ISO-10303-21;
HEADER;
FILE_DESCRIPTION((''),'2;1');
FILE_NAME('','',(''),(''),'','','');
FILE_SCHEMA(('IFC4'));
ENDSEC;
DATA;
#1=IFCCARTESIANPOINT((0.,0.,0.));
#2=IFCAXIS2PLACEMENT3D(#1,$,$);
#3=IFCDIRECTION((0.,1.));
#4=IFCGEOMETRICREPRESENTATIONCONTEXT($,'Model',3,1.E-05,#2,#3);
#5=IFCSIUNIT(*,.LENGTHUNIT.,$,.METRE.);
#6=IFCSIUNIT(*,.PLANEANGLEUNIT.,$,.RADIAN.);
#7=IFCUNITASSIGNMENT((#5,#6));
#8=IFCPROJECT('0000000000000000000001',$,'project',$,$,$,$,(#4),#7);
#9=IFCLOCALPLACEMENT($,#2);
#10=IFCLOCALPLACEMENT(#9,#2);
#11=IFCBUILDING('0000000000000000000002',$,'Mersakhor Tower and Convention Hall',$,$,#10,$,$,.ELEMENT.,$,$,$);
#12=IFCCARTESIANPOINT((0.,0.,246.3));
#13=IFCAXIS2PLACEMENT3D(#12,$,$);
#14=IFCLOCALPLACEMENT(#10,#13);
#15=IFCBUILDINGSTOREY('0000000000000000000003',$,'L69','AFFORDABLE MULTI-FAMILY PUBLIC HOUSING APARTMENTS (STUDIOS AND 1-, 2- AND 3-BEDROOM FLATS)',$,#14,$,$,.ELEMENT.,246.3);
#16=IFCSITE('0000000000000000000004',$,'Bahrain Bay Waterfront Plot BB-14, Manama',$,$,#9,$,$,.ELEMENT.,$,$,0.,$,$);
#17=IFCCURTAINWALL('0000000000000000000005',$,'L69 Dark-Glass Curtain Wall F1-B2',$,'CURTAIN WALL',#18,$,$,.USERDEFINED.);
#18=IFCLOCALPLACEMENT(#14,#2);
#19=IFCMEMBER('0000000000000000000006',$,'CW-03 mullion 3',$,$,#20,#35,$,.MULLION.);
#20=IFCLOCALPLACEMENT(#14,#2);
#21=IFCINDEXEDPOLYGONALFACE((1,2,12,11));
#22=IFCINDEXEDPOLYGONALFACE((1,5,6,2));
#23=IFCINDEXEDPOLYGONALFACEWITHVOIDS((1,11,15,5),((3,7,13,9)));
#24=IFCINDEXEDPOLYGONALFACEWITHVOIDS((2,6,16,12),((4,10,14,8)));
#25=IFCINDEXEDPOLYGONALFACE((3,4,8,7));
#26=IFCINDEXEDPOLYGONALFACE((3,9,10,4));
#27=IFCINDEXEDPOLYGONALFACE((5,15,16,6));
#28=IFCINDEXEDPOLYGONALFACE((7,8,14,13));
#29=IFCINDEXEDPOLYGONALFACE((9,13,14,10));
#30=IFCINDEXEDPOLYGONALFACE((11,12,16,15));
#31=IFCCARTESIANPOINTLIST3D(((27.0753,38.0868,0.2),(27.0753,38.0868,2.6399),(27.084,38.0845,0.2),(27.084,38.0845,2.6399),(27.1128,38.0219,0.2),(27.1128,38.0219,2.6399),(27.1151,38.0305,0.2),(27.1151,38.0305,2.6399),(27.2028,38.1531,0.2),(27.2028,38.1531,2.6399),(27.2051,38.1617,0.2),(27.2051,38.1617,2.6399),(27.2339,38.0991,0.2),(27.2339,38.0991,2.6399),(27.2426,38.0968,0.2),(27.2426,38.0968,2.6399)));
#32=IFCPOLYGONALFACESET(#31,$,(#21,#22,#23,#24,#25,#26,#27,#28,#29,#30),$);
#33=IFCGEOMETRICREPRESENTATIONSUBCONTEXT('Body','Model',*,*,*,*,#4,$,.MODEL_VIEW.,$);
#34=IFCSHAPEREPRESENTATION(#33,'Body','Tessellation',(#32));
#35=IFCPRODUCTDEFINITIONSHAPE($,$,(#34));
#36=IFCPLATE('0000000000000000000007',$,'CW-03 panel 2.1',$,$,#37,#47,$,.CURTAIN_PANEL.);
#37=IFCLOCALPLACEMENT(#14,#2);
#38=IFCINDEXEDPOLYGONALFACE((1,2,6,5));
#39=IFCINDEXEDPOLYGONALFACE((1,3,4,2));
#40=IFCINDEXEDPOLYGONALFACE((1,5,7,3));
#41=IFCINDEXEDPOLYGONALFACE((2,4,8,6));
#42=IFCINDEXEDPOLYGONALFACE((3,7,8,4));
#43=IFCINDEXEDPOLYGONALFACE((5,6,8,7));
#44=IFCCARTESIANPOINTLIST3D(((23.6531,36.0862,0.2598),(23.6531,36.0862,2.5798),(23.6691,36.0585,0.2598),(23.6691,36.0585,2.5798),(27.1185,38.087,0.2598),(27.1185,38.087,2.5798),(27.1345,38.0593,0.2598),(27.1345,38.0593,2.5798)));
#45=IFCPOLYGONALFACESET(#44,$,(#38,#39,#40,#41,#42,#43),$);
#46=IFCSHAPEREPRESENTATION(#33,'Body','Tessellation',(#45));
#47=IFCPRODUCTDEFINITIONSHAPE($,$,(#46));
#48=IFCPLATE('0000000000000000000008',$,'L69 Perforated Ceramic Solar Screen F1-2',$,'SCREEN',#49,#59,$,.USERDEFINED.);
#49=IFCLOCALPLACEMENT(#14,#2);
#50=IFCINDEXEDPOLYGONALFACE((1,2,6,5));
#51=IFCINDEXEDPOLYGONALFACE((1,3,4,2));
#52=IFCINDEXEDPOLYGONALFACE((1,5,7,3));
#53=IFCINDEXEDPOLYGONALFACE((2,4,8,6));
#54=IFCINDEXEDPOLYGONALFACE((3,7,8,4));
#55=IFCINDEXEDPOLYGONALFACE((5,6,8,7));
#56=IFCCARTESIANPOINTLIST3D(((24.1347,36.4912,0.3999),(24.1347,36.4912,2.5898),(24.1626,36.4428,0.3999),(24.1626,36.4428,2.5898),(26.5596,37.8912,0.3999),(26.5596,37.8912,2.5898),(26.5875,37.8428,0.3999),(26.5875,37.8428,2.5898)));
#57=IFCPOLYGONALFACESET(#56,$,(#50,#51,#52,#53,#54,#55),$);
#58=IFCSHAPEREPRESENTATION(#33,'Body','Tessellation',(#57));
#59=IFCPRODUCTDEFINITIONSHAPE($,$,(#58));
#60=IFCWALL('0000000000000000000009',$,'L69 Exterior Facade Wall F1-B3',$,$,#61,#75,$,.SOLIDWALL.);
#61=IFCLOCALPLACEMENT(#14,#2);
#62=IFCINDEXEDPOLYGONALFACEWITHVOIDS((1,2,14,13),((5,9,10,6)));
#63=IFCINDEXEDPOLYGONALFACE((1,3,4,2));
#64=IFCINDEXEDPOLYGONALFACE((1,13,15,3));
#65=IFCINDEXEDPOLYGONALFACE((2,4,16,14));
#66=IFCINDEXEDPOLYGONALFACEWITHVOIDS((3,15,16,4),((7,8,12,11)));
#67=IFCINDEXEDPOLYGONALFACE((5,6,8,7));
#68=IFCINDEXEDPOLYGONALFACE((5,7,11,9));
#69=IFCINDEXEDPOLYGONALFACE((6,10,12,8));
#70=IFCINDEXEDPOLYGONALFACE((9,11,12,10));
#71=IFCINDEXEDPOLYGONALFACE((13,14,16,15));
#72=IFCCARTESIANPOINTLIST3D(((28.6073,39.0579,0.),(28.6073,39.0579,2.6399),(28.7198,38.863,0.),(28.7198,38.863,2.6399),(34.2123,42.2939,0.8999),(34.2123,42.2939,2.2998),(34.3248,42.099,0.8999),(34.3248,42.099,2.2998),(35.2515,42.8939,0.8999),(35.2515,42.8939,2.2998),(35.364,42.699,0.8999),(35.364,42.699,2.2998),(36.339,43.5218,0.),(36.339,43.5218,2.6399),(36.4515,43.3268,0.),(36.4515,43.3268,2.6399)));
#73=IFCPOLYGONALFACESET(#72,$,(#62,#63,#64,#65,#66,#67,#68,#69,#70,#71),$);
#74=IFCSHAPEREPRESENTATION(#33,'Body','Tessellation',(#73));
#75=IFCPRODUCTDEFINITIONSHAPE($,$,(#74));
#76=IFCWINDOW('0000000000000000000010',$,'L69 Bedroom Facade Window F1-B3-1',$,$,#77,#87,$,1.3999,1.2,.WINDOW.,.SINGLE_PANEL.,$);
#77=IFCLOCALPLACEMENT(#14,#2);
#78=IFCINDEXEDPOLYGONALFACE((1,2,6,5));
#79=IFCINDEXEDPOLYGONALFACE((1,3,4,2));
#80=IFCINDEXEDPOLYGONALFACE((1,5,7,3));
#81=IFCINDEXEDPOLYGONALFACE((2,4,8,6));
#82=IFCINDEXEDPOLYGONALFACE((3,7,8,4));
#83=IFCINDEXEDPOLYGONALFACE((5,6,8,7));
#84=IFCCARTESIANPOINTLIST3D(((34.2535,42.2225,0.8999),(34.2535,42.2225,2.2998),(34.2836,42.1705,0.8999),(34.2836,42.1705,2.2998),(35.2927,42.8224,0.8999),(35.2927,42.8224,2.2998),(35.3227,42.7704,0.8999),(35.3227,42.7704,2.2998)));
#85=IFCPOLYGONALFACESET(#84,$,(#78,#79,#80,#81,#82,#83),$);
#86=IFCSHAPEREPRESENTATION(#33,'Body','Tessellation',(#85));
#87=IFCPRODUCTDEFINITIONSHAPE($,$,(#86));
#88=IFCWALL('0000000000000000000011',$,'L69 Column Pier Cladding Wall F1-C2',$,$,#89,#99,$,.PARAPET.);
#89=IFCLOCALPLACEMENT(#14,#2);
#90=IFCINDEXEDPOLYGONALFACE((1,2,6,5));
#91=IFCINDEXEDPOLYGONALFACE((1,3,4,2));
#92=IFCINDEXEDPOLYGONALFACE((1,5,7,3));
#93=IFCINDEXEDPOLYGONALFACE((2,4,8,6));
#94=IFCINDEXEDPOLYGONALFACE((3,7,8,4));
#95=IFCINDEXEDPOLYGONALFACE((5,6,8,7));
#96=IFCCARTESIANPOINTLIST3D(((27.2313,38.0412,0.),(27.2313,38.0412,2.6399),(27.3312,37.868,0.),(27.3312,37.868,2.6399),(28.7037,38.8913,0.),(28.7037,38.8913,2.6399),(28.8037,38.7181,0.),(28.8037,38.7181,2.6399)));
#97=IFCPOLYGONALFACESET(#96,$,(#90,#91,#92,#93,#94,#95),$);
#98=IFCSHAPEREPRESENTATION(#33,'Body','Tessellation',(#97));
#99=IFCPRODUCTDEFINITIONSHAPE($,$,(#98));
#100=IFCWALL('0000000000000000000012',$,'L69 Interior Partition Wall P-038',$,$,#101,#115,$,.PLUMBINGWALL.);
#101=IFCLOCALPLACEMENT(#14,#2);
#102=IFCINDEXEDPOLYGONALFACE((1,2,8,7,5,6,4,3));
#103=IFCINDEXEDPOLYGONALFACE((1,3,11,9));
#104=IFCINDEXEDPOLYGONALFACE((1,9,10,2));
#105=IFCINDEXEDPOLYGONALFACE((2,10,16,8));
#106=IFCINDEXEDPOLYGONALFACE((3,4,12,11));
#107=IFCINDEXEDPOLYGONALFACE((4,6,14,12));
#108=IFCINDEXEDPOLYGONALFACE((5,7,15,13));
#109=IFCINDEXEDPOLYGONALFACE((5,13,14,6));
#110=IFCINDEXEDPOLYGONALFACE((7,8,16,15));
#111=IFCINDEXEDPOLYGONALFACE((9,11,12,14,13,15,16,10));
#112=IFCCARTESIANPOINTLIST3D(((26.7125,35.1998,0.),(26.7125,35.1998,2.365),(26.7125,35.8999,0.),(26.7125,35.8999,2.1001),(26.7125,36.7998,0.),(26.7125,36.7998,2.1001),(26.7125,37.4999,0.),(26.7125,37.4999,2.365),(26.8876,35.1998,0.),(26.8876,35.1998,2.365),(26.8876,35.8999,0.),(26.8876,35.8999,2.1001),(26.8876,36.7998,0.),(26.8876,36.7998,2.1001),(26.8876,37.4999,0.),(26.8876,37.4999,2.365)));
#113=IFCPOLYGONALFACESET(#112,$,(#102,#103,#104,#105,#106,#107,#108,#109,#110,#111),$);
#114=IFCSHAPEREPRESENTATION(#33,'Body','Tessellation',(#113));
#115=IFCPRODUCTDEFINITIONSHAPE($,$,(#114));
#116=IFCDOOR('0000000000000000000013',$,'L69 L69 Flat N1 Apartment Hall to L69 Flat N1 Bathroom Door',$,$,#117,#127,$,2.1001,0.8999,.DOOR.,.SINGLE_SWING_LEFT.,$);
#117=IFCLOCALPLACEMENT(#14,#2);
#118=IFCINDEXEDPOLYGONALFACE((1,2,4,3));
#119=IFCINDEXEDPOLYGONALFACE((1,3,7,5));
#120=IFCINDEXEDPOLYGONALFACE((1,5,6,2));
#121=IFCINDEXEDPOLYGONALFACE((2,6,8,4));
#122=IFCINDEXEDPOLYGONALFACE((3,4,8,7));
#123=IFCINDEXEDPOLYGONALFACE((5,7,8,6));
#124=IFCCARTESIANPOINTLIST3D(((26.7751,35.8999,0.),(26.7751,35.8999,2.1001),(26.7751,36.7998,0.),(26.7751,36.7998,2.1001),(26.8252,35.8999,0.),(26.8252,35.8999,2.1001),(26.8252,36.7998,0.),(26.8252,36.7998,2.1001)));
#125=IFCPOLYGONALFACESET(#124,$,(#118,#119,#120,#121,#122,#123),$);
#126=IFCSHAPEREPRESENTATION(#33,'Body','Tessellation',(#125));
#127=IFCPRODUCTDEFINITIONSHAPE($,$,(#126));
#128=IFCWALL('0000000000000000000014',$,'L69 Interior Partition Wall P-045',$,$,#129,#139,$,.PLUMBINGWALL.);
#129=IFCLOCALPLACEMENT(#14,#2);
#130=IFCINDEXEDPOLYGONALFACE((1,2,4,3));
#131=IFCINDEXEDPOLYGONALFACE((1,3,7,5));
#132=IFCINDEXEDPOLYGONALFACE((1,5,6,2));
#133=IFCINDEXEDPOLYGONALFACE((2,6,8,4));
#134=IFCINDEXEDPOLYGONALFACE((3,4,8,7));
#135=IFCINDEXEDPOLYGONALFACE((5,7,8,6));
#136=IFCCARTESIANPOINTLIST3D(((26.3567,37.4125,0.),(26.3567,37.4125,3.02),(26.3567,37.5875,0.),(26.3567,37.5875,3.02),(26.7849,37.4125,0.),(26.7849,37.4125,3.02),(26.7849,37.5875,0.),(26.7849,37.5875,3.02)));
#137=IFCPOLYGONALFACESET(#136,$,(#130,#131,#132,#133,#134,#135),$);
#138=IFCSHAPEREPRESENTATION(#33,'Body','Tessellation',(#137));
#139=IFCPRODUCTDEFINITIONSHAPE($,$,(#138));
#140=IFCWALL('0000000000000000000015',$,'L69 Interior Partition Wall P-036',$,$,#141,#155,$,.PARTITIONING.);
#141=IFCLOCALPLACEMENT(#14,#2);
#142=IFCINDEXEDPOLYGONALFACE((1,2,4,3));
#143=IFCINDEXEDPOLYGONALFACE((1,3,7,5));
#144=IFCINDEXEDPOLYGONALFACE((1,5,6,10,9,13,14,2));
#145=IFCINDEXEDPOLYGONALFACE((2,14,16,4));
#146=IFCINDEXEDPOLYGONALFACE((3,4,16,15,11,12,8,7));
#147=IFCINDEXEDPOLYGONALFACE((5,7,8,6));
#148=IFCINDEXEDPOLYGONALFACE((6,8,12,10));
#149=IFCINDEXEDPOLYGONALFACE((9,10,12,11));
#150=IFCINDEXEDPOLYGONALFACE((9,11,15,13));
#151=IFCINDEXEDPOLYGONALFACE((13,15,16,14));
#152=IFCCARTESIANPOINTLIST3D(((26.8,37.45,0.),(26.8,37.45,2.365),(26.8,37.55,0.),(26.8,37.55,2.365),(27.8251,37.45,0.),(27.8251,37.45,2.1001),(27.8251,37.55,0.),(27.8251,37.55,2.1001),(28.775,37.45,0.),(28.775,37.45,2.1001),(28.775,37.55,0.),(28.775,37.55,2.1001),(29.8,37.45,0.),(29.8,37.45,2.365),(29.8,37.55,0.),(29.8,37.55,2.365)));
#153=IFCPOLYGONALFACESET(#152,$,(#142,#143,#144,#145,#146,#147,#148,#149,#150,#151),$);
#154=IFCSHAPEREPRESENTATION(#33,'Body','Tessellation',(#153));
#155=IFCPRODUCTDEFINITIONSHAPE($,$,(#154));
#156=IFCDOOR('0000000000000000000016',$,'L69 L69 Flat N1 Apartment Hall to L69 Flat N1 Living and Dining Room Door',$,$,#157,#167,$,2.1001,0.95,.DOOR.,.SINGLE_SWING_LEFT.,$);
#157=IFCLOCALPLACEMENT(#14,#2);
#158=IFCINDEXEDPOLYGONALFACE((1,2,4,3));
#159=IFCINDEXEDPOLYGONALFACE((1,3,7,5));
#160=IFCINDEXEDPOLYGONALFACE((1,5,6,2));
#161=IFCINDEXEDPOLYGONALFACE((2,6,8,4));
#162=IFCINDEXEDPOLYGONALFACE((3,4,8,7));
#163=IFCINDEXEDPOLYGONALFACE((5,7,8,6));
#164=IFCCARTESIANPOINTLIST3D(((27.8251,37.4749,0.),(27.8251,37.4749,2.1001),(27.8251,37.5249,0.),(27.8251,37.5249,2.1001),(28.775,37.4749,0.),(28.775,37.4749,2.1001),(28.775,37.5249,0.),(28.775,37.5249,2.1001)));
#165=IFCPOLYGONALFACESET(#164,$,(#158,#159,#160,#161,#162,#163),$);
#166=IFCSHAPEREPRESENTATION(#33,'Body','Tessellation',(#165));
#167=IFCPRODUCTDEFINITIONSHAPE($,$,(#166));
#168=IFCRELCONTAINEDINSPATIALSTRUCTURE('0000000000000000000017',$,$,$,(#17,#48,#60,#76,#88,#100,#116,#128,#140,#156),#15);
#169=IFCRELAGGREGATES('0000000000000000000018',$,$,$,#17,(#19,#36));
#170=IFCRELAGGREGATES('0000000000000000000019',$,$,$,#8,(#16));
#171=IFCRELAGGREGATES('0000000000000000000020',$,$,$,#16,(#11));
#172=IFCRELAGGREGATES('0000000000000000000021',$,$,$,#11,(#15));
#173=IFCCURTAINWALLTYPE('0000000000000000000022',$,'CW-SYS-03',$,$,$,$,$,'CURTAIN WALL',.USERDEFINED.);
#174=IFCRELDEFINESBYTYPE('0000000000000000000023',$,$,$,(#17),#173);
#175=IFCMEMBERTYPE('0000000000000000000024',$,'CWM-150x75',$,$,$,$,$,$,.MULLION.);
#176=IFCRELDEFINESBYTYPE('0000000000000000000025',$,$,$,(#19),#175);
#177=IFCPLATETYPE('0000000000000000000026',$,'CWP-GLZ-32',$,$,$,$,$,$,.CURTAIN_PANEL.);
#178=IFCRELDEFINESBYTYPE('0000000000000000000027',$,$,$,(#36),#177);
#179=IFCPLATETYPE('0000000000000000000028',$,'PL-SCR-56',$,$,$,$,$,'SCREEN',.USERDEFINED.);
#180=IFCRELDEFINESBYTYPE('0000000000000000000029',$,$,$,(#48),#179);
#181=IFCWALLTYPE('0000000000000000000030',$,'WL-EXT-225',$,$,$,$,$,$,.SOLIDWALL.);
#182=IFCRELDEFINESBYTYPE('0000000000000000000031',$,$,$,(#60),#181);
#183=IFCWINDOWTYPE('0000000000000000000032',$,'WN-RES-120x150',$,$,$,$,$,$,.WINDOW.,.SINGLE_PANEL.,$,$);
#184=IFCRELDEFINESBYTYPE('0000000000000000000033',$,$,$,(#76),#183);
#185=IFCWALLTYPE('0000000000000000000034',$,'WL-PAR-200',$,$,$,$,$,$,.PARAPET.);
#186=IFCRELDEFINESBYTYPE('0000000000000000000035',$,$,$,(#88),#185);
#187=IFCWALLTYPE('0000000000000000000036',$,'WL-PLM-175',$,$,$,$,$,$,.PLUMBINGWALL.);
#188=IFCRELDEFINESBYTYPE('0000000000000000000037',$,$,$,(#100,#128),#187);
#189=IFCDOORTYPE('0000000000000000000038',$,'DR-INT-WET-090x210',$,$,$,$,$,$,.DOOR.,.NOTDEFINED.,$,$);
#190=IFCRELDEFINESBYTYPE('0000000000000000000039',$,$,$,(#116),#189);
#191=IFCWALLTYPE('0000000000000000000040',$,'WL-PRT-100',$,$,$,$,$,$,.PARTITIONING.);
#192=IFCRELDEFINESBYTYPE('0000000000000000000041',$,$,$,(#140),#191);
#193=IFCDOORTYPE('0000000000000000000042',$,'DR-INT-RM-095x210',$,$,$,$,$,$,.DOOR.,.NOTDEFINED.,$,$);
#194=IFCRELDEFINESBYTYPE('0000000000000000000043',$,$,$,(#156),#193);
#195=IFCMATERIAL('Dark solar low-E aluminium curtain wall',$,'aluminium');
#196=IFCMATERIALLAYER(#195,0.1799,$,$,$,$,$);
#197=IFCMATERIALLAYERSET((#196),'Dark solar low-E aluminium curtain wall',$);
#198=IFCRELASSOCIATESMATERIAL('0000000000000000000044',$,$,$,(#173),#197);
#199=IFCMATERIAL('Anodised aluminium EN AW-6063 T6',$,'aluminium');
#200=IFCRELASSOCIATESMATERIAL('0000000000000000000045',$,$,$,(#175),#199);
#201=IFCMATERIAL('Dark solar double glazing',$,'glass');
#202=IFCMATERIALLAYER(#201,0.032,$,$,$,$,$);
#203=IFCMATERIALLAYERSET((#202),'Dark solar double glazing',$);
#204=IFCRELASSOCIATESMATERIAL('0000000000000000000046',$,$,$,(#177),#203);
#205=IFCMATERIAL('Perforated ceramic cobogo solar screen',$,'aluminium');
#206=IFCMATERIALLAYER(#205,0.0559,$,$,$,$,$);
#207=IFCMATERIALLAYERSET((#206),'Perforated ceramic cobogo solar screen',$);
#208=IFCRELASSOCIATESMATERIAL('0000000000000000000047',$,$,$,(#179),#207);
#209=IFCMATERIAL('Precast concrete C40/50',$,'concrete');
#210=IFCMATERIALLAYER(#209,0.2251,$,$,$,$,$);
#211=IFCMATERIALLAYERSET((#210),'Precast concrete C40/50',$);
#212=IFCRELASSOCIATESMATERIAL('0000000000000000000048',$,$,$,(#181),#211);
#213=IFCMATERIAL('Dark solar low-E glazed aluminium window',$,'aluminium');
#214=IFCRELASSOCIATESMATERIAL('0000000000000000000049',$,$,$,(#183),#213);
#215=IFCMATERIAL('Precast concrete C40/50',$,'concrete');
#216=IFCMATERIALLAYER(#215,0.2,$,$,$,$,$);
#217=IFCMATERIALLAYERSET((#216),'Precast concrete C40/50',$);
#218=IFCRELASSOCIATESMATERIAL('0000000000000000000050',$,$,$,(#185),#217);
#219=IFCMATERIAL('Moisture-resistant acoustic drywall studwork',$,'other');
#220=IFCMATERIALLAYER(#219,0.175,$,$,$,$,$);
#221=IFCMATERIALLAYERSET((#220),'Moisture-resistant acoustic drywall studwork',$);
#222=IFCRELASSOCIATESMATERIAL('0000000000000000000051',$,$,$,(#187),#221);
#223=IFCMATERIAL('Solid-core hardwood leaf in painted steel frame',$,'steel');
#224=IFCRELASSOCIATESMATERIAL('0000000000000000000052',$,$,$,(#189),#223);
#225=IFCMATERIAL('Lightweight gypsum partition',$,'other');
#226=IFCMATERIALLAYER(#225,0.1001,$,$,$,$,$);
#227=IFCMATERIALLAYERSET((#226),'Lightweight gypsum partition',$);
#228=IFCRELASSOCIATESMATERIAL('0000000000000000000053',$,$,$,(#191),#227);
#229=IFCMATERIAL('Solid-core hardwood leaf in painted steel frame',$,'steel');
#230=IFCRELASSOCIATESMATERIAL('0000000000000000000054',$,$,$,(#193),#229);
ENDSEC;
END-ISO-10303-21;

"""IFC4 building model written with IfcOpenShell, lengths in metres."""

from ifc_helpers import new_model, si_unit, direction, frame, frame_2d, origin, origin_2d, place, context, subcontext, project, spatial, rectangle, hollow_rectangle, extrude, material, layer, layer_set, material_profile, profile_set, type_object, element, fill, aggregate, save


model = new_model("IFC4")

# Units and contexts
model_context = context("Model", 3, precision=1e-05, world=origin(), true_north=direction((0.0, 1.0)))
body_context = subcontext(model_context, "Body", "Model", "MODEL_VIEW")
ifc_project = project(units=[si_unit("LENGTHUNIT", "METRE"), si_unit("PLANEANGLEUNIT", "RADIAN")], contexts=[model_context])

# Site, building, storey
site_placement = place(None, origin())
site = spatial("IfcSite", under=ifc_project, at=site_placement, Name="Bahrain Bay Waterfront Plot BB-14, Manama", CompositionType="ELEMENT", RefElevation=0.0)
building_placement = place(site_placement, origin())
building = spatial("IfcBuilding", under=site, at=building_placement, Name="Mersakhor Tower and Convention Hall", CompositionType="ELEMENT")
storey_placement = place(building_placement, frame((0.0, 0.0, 246.3)))
storey = spatial("IfcBuildingStorey", under=building, at=storey_placement, Name="L69", Description="AFFORDABLE MULTI-FAMILY PUBLIC HOUSING APARTMENTS (STUDIOS AND 1-, 2- AND 3-BEDROOM FLATS)", CompositionType="ELEMENT", Elevation=246.3)

# Curtain wall, member, plate
ifc_material_1 = material(Name="Dark solar low-E aluminium curtain wall", Category="aluminium")
ifc_layer_1 = layer(ifc_material_1, 0.1799)
ifc_layer_set_1 = layer_set([ifc_layer_1], Name="Dark solar low-E aluminium curtain wall")
curtain_wall_type = type_object("IfcCurtainWallType", Name="CW-SYS-03", ElementType="CURTAIN WALL", PredefinedType="USERDEFINED", material=ifc_layer_set_1)
curtain_wall_placement = place(storey_placement, origin())
curtain_wall = element("IfcCurtainWall", 1, at=curtain_wall_placement, inside=storey, type_object=curtain_wall_type, Name="L69 Dark-Glass Curtain Wall F1-B2", ObjectType="CURTAIN WALL", PredefinedType="USERDEFINED")
ifc_material_2 = material(Name="Anodised aluminium EN AW-6063 T6", Category="aluminium")
ifc_material_profile = material_profile(ifc_material_2, hollow_rectangle(XDim=0.075, YDim=0.1499, WallThickness=0.0063, at=origin_2d()), Name="RHS 150x75x6.3")
ifc_profile_set = profile_set([ifc_material_profile], Name="Anodised aluminium EN AW-6063 T6")
member_type = type_object("IfcMemberType", Name="CWM-150x75", PredefinedType="MULLION", material=ifc_profile_set)
member_placement = place(storey_placement, frame((27.1589, 38.0918, 0.2), z_axis=(0.0, 0.0, 1.0), x_axis=(-0.500004, 0.866023, 0.0)))
member = element("IfcMember", 2, at=member_placement, type_object=member_type, Name="CW-03 mullion 3", PredefinedType="MULLION", context=body_context, shape_type="SweptSolid", body=[
    extrude(hollow_rectangle(XDim=0.075, YDim=0.1499, WallThickness=0.0063, at=origin_2d()), origin(), (0.0, 0.0, 1.0), 2.4399),
])
ifc_material_3 = material(Name="Dark solar double glazing", Category="glass")
ifc_layer_2 = layer(ifc_material_3, 0.032)
ifc_layer_set_2 = layer_set([ifc_layer_2], Name="Dark solar double glazing")
plate_type_1 = type_object("IfcPlateType", Name="CWP-GLZ-32", PredefinedType="CURTAIN_PANEL", material=ifc_layer_set_2)
plate_1_placement = place(storey_placement, frame((25.3938, 37.0728, 0.2598), z_axis=(0.0, 0.0, 1.0), x_axis=(0.866023, 0.500004, 0.0)))
plate_1 = element("IfcPlate", 3, at=plate_1_placement, type_object=plate_type_1, Name="CW-03 panel 2.1", PredefinedType="CURTAIN_PANEL", context=body_context, shape_type="SweptSolid", body=[
    extrude(rectangle(XDim=4.0015, YDim=0.032, at=origin_2d()), origin(), (0.0, 0.0, 1.0), 2.3201),
])
aggregate(curtain_wall, [member, plate_1])

# Plate
ifc_material_4 = material(Name="Perforated ceramic cobogo solar screen", Category="aluminium")
ifc_layer_3 = layer(ifc_material_4, 0.0559)
ifc_layer_set_3 = layer_set([ifc_layer_3], Name="Perforated ceramic cobogo solar screen")
plate_type_2 = type_object("IfcPlateType", Name="PL-SCR-56", ElementType="SCREEN", PredefinedType="USERDEFINED", material=ifc_layer_set_3)
plate_2_placement = place(storey_placement, frame((25.3611, 37.167, 0.3999), z_axis=(0.0, 0.0, 1.0), x_axis=(0.866025, 0.5, 0.0)))
element("IfcPlate", 4, at=plate_2_placement, inside=storey, type_object=plate_type_2, Name="L69 Perforated Ceramic Solar Screen F1-2", ObjectType="SCREEN", PredefinedType="USERDEFINED", context=body_context, shape_type="SweptSolid", body=[
    extrude(rectangle(XDim=2.8, YDim=0.0559, at=origin_2d()), origin(), (0.0, 0.0, 1.0), 2.1899),
])

# Wall, opening, window
ifc_material_5 = material(Name="Precast concrete C40/50", Category="concrete")
ifc_layer_4 = layer(ifc_material_5, 0.2251)
ifc_layer_set_4 = layer_set([ifc_layer_4], Name="Precast concrete C40/50")
wall_type_1 = type_object("IfcWallType", Name="WL-EXT-225", PredefinedType="SOLIDWALL", material=ifc_layer_set_4)
wall_1_placement = place(storey_placement, frame((28.6636, 38.9604, 0.0), z_axis=(0.0, 0.0, 1.0), x_axis=(0.866027, 0.499998, 0.0)))
wall_1 = element("IfcWall", 5, at=wall_1_placement, inside=storey, type_object=wall_type_1, Name="L69 Exterior Facade Wall F1-B3", PredefinedType="SOLIDWALL", context=body_context, shape_type="SweptSolid", body=[
    extrude(rectangle(XDim=8.9277, YDim=0.2251, at=frame_2d((4.4639, 0.0))), origin(), (0.0, 0.0, 1.0), 2.6399),
])
opening_1_placement = place(wall_1_placement, frame((6.4719, 0.0, 0.8999)))
opening_1 = element("IfcOpeningElement", 6, at=opening_1_placement, cuts=wall_1, PredefinedType="OPENING", context=body_context, shape_type="SweptSolid", body=[
    extrude(rectangle(XDim=1.2, YDim=1.3999, at=frame_2d((0.6001, 0.7))), frame((0.0, 0.1226, 0.0), z_axis=(0.0, -1.0, 0.0), x_axis=(1.0, 0.0, 0.0)), (0.0, 0.0, 1.0), 0.2451),
])
ifc_material_6 = material(Name="Dark solar low-E glazed aluminium window", Category="aluminium")
window_type = type_object("IfcWindowType", Name="WN-RES-120x150", PartitioningType="SINGLE_PANEL", PredefinedType="WINDOW", material=ifc_material_6)
window_placement = place(opening_1_placement, origin())
window = element("IfcWindow", 7, at=window_placement, inside=storey, type_object=window_type, Name="L69 Bedroom Facade Window F1-B3-1", OverallHeight=1.3999, OverallWidth=1.2, PartitioningType="SINGLE_PANEL", PredefinedType="WINDOW", context=body_context, shape_type="SweptSolid", body=[
    extrude(rectangle(XDim=1.2, YDim=1.3999, at=frame_2d((0.6001, 0.7))), frame((0.0, 0.03, 0.0), z_axis=(0.0, -1.0, 0.0), x_axis=(1.0, 0.0, 0.0)), (0.0, 0.0, 1.0), 0.0601),
])
fill(opening_1, window)

# Wall
ifc_material_7 = material(Name="Precast concrete C40/50", Category="concrete")
ifc_layer_5 = layer(ifc_material_7, 0.2)
ifc_layer_set_5 = layer_set([ifc_layer_5], Name="Precast concrete C40/50")
wall_type_2 = type_object("IfcWallType", Name="WL-PAR-200", PredefinedType="PARAPET", material=ifc_layer_set_5)
wall_2_placement = place(storey_placement, frame((27.2812, 37.9546, 0.0), z_axis=(0.0, 0.0, 1.0), x_axis=(0.866025, 0.5, 0.0)))
element("IfcWall", 8, at=wall_2_placement, inside=storey, type_object=wall_type_2, Name="L69 Column Pier Cladding Wall F1-C2", PredefinedType="PARAPET", context=body_context, shape_type="SweptSolid", body=[
    extrude(rectangle(XDim=1.7002, YDim=0.2, at=frame_2d((0.8501, 0.0))), origin(), (0.0, 0.0, 1.0), 2.6399),
])

# Wall, opening, door
ifc_material_8 = material(Name="Moisture-resistant acoustic drywall studwork", Category="other")
ifc_layer_6 = layer(ifc_material_8, 0.175)
ifc_layer_set_6 = layer_set([ifc_layer_6], Name="Moisture-resistant acoustic drywall studwork")
wall_type_3 = type_object("IfcWallType", Name="WL-PLM-175", PredefinedType="PLUMBINGWALL", material=ifc_layer_set_6)
wall_3_placement = place(storey_placement, frame((26.8, 35.2, 0.0), z_axis=(0.0, 0.0, 1.0), x_axis=(0.0, 1.0, 0.0)))
wall_3 = element("IfcWall", 9, at=wall_3_placement, inside=storey, type_object=wall_type_3, Name="L69 Interior Partition Wall P-038", PredefinedType="PLUMBINGWALL", context=body_context, shape_type="SweptSolid", body=[
    extrude(rectangle(XDim=2.3, YDim=0.175, at=frame_2d((1.1499, 0.0))), origin(), (0.0, 0.0, 1.0), 2.365),
])
opening_2_placement = place(wall_3_placement, frame((0.7, 0.0, 0.0)))
opening_2 = element("IfcOpeningElement", 10, at=opening_2_placement, cuts=wall_3, PredefinedType="OPENING", context=body_context, shape_type="SweptSolid", body=[
    extrude(rectangle(XDim=0.8999, YDim=2.1001, at=frame_2d((0.45, 1.05))), frame((0.0, 0.0974, 0.0), z_axis=(0.0, -1.0, 0.0), x_axis=(1.0, 0.0, 0.0)), (0.0, 0.0, 1.0), 0.1951),
])
ifc_material_9 = material(Name="Solid-core hardwood leaf in painted steel frame", Category="steel")
door_type_1 = type_object("IfcDoorType", Name="DR-INT-WET-090x210", OperationType="NOTDEFINED", PredefinedType="DOOR", material=ifc_material_9)
door_1_placement = place(opening_2_placement, origin())
door_1 = element("IfcDoor", 11, at=door_1_placement, inside=storey, type_object=door_type_1, Name="L69 L69 Flat N1 Apartment Hall to L69 Flat N1 Bathroom Door", OperationType="SINGLE_SWING_LEFT", OverallHeight=2.1001, OverallWidth=0.8999, PredefinedType="DOOR", context=body_context, shape_type="SweptSolid", body=[
    extrude(rectangle(XDim=0.8999, YDim=2.1001, at=frame_2d((0.45, 1.05))), frame((0.0, 0.0249, 0.0), z_axis=(0.0, -1.0, 0.0), x_axis=(1.0, 0.0, 0.0)), (0.0, 0.0, 1.0), 0.05),
])
fill(opening_2, door_1)

# Wall
wall_4_placement = place(storey_placement, frame((26.3567, 37.5, 0.0), z_axis=(0.0, 0.0, 1.0), x_axis=(1.0, 0.0, 0.0)))
element("IfcWall", 12, at=wall_4_placement, inside=storey, type_object=wall_type_3, Name="L69 Interior Partition Wall P-045", PredefinedType="PLUMBINGWALL", context=body_context, shape_type="SweptSolid", body=[
    extrude(rectangle(XDim=0.4282, YDim=0.175, at=frame_2d((0.2141, 0.0))), origin(), (0.0, 0.0, 1.0), 3.02),
])

# Wall, opening, door
ifc_material_10 = material(Name="Lightweight gypsum partition", Category="other")
ifc_layer_7 = layer(ifc_material_10, 0.1001)
ifc_layer_set_7 = layer_set([ifc_layer_7], Name="Lightweight gypsum partition")
wall_type_4 = type_object("IfcWallType", Name="WL-PRT-100", PredefinedType="PARTITIONING", material=ifc_layer_set_7)
wall_5_placement = place(storey_placement, frame((26.8, 37.5, 0.0), z_axis=(0.0, 0.0, 1.0), x_axis=(1.0, 0.0, 0.0)))
wall_5 = element("IfcWall", 13, at=wall_5_placement, inside=storey, type_object=wall_type_4, Name="L69 Interior Partition Wall P-036", PredefinedType="PARTITIONING", context=body_context, shape_type="SweptSolid", body=[
    extrude(rectangle(XDim=3.0, YDim=0.1001, at=frame_2d((1.5, 0.0))), origin(), (0.0, 0.0, 1.0), 2.365),
])
opening_3_placement = place(wall_5_placement, frame((1.0249, 0.0, 0.0)))
opening_3 = element("IfcOpeningElement", 14, at=opening_3_placement, cuts=wall_5, PredefinedType="OPENING", context=body_context, shape_type="SweptSolid", body=[
    extrude(rectangle(XDim=0.95, YDim=2.1001, at=frame_2d((0.4751, 1.05))), frame((0.0, 0.0601, 0.0), z_axis=(0.0, -1.0, 0.0), x_axis=(1.0, 0.0, 0.0)), (0.0, 0.0, 1.0), 0.1201),
])
ifc_material_11 = material(Name="Solid-core hardwood leaf in painted steel frame", Category="steel")
door_type_2 = type_object("IfcDoorType", Name="DR-INT-RM-095x210", OperationType="NOTDEFINED", PredefinedType="DOOR", material=ifc_material_11)
door_2_placement = place(opening_3_placement, origin())
door_2 = element("IfcDoor", 15, at=door_2_placement, inside=storey, type_object=door_type_2, Name="L69 L69 Flat N1 Apartment Hall to L69 Flat N1 Living and Dining Room Door", OperationType="SINGLE_SWING_LEFT", OverallHeight=2.1001, OverallWidth=0.95, PredefinedType="DOOR", context=body_context, shape_type="SweptSolid", body=[
    extrude(rectangle(XDim=0.95, YDim=2.1001, at=frame_2d((0.4751, 1.05))), frame((0.0, 0.0249, 0.0), z_axis=(0.0, -1.0, 0.0), x_axis=(1.0, 0.0, 0.0)), (0.0, 0.0, 1.0), 0.05),
])
fill(opening_3, door_2)

save(model, "model.ifc")
